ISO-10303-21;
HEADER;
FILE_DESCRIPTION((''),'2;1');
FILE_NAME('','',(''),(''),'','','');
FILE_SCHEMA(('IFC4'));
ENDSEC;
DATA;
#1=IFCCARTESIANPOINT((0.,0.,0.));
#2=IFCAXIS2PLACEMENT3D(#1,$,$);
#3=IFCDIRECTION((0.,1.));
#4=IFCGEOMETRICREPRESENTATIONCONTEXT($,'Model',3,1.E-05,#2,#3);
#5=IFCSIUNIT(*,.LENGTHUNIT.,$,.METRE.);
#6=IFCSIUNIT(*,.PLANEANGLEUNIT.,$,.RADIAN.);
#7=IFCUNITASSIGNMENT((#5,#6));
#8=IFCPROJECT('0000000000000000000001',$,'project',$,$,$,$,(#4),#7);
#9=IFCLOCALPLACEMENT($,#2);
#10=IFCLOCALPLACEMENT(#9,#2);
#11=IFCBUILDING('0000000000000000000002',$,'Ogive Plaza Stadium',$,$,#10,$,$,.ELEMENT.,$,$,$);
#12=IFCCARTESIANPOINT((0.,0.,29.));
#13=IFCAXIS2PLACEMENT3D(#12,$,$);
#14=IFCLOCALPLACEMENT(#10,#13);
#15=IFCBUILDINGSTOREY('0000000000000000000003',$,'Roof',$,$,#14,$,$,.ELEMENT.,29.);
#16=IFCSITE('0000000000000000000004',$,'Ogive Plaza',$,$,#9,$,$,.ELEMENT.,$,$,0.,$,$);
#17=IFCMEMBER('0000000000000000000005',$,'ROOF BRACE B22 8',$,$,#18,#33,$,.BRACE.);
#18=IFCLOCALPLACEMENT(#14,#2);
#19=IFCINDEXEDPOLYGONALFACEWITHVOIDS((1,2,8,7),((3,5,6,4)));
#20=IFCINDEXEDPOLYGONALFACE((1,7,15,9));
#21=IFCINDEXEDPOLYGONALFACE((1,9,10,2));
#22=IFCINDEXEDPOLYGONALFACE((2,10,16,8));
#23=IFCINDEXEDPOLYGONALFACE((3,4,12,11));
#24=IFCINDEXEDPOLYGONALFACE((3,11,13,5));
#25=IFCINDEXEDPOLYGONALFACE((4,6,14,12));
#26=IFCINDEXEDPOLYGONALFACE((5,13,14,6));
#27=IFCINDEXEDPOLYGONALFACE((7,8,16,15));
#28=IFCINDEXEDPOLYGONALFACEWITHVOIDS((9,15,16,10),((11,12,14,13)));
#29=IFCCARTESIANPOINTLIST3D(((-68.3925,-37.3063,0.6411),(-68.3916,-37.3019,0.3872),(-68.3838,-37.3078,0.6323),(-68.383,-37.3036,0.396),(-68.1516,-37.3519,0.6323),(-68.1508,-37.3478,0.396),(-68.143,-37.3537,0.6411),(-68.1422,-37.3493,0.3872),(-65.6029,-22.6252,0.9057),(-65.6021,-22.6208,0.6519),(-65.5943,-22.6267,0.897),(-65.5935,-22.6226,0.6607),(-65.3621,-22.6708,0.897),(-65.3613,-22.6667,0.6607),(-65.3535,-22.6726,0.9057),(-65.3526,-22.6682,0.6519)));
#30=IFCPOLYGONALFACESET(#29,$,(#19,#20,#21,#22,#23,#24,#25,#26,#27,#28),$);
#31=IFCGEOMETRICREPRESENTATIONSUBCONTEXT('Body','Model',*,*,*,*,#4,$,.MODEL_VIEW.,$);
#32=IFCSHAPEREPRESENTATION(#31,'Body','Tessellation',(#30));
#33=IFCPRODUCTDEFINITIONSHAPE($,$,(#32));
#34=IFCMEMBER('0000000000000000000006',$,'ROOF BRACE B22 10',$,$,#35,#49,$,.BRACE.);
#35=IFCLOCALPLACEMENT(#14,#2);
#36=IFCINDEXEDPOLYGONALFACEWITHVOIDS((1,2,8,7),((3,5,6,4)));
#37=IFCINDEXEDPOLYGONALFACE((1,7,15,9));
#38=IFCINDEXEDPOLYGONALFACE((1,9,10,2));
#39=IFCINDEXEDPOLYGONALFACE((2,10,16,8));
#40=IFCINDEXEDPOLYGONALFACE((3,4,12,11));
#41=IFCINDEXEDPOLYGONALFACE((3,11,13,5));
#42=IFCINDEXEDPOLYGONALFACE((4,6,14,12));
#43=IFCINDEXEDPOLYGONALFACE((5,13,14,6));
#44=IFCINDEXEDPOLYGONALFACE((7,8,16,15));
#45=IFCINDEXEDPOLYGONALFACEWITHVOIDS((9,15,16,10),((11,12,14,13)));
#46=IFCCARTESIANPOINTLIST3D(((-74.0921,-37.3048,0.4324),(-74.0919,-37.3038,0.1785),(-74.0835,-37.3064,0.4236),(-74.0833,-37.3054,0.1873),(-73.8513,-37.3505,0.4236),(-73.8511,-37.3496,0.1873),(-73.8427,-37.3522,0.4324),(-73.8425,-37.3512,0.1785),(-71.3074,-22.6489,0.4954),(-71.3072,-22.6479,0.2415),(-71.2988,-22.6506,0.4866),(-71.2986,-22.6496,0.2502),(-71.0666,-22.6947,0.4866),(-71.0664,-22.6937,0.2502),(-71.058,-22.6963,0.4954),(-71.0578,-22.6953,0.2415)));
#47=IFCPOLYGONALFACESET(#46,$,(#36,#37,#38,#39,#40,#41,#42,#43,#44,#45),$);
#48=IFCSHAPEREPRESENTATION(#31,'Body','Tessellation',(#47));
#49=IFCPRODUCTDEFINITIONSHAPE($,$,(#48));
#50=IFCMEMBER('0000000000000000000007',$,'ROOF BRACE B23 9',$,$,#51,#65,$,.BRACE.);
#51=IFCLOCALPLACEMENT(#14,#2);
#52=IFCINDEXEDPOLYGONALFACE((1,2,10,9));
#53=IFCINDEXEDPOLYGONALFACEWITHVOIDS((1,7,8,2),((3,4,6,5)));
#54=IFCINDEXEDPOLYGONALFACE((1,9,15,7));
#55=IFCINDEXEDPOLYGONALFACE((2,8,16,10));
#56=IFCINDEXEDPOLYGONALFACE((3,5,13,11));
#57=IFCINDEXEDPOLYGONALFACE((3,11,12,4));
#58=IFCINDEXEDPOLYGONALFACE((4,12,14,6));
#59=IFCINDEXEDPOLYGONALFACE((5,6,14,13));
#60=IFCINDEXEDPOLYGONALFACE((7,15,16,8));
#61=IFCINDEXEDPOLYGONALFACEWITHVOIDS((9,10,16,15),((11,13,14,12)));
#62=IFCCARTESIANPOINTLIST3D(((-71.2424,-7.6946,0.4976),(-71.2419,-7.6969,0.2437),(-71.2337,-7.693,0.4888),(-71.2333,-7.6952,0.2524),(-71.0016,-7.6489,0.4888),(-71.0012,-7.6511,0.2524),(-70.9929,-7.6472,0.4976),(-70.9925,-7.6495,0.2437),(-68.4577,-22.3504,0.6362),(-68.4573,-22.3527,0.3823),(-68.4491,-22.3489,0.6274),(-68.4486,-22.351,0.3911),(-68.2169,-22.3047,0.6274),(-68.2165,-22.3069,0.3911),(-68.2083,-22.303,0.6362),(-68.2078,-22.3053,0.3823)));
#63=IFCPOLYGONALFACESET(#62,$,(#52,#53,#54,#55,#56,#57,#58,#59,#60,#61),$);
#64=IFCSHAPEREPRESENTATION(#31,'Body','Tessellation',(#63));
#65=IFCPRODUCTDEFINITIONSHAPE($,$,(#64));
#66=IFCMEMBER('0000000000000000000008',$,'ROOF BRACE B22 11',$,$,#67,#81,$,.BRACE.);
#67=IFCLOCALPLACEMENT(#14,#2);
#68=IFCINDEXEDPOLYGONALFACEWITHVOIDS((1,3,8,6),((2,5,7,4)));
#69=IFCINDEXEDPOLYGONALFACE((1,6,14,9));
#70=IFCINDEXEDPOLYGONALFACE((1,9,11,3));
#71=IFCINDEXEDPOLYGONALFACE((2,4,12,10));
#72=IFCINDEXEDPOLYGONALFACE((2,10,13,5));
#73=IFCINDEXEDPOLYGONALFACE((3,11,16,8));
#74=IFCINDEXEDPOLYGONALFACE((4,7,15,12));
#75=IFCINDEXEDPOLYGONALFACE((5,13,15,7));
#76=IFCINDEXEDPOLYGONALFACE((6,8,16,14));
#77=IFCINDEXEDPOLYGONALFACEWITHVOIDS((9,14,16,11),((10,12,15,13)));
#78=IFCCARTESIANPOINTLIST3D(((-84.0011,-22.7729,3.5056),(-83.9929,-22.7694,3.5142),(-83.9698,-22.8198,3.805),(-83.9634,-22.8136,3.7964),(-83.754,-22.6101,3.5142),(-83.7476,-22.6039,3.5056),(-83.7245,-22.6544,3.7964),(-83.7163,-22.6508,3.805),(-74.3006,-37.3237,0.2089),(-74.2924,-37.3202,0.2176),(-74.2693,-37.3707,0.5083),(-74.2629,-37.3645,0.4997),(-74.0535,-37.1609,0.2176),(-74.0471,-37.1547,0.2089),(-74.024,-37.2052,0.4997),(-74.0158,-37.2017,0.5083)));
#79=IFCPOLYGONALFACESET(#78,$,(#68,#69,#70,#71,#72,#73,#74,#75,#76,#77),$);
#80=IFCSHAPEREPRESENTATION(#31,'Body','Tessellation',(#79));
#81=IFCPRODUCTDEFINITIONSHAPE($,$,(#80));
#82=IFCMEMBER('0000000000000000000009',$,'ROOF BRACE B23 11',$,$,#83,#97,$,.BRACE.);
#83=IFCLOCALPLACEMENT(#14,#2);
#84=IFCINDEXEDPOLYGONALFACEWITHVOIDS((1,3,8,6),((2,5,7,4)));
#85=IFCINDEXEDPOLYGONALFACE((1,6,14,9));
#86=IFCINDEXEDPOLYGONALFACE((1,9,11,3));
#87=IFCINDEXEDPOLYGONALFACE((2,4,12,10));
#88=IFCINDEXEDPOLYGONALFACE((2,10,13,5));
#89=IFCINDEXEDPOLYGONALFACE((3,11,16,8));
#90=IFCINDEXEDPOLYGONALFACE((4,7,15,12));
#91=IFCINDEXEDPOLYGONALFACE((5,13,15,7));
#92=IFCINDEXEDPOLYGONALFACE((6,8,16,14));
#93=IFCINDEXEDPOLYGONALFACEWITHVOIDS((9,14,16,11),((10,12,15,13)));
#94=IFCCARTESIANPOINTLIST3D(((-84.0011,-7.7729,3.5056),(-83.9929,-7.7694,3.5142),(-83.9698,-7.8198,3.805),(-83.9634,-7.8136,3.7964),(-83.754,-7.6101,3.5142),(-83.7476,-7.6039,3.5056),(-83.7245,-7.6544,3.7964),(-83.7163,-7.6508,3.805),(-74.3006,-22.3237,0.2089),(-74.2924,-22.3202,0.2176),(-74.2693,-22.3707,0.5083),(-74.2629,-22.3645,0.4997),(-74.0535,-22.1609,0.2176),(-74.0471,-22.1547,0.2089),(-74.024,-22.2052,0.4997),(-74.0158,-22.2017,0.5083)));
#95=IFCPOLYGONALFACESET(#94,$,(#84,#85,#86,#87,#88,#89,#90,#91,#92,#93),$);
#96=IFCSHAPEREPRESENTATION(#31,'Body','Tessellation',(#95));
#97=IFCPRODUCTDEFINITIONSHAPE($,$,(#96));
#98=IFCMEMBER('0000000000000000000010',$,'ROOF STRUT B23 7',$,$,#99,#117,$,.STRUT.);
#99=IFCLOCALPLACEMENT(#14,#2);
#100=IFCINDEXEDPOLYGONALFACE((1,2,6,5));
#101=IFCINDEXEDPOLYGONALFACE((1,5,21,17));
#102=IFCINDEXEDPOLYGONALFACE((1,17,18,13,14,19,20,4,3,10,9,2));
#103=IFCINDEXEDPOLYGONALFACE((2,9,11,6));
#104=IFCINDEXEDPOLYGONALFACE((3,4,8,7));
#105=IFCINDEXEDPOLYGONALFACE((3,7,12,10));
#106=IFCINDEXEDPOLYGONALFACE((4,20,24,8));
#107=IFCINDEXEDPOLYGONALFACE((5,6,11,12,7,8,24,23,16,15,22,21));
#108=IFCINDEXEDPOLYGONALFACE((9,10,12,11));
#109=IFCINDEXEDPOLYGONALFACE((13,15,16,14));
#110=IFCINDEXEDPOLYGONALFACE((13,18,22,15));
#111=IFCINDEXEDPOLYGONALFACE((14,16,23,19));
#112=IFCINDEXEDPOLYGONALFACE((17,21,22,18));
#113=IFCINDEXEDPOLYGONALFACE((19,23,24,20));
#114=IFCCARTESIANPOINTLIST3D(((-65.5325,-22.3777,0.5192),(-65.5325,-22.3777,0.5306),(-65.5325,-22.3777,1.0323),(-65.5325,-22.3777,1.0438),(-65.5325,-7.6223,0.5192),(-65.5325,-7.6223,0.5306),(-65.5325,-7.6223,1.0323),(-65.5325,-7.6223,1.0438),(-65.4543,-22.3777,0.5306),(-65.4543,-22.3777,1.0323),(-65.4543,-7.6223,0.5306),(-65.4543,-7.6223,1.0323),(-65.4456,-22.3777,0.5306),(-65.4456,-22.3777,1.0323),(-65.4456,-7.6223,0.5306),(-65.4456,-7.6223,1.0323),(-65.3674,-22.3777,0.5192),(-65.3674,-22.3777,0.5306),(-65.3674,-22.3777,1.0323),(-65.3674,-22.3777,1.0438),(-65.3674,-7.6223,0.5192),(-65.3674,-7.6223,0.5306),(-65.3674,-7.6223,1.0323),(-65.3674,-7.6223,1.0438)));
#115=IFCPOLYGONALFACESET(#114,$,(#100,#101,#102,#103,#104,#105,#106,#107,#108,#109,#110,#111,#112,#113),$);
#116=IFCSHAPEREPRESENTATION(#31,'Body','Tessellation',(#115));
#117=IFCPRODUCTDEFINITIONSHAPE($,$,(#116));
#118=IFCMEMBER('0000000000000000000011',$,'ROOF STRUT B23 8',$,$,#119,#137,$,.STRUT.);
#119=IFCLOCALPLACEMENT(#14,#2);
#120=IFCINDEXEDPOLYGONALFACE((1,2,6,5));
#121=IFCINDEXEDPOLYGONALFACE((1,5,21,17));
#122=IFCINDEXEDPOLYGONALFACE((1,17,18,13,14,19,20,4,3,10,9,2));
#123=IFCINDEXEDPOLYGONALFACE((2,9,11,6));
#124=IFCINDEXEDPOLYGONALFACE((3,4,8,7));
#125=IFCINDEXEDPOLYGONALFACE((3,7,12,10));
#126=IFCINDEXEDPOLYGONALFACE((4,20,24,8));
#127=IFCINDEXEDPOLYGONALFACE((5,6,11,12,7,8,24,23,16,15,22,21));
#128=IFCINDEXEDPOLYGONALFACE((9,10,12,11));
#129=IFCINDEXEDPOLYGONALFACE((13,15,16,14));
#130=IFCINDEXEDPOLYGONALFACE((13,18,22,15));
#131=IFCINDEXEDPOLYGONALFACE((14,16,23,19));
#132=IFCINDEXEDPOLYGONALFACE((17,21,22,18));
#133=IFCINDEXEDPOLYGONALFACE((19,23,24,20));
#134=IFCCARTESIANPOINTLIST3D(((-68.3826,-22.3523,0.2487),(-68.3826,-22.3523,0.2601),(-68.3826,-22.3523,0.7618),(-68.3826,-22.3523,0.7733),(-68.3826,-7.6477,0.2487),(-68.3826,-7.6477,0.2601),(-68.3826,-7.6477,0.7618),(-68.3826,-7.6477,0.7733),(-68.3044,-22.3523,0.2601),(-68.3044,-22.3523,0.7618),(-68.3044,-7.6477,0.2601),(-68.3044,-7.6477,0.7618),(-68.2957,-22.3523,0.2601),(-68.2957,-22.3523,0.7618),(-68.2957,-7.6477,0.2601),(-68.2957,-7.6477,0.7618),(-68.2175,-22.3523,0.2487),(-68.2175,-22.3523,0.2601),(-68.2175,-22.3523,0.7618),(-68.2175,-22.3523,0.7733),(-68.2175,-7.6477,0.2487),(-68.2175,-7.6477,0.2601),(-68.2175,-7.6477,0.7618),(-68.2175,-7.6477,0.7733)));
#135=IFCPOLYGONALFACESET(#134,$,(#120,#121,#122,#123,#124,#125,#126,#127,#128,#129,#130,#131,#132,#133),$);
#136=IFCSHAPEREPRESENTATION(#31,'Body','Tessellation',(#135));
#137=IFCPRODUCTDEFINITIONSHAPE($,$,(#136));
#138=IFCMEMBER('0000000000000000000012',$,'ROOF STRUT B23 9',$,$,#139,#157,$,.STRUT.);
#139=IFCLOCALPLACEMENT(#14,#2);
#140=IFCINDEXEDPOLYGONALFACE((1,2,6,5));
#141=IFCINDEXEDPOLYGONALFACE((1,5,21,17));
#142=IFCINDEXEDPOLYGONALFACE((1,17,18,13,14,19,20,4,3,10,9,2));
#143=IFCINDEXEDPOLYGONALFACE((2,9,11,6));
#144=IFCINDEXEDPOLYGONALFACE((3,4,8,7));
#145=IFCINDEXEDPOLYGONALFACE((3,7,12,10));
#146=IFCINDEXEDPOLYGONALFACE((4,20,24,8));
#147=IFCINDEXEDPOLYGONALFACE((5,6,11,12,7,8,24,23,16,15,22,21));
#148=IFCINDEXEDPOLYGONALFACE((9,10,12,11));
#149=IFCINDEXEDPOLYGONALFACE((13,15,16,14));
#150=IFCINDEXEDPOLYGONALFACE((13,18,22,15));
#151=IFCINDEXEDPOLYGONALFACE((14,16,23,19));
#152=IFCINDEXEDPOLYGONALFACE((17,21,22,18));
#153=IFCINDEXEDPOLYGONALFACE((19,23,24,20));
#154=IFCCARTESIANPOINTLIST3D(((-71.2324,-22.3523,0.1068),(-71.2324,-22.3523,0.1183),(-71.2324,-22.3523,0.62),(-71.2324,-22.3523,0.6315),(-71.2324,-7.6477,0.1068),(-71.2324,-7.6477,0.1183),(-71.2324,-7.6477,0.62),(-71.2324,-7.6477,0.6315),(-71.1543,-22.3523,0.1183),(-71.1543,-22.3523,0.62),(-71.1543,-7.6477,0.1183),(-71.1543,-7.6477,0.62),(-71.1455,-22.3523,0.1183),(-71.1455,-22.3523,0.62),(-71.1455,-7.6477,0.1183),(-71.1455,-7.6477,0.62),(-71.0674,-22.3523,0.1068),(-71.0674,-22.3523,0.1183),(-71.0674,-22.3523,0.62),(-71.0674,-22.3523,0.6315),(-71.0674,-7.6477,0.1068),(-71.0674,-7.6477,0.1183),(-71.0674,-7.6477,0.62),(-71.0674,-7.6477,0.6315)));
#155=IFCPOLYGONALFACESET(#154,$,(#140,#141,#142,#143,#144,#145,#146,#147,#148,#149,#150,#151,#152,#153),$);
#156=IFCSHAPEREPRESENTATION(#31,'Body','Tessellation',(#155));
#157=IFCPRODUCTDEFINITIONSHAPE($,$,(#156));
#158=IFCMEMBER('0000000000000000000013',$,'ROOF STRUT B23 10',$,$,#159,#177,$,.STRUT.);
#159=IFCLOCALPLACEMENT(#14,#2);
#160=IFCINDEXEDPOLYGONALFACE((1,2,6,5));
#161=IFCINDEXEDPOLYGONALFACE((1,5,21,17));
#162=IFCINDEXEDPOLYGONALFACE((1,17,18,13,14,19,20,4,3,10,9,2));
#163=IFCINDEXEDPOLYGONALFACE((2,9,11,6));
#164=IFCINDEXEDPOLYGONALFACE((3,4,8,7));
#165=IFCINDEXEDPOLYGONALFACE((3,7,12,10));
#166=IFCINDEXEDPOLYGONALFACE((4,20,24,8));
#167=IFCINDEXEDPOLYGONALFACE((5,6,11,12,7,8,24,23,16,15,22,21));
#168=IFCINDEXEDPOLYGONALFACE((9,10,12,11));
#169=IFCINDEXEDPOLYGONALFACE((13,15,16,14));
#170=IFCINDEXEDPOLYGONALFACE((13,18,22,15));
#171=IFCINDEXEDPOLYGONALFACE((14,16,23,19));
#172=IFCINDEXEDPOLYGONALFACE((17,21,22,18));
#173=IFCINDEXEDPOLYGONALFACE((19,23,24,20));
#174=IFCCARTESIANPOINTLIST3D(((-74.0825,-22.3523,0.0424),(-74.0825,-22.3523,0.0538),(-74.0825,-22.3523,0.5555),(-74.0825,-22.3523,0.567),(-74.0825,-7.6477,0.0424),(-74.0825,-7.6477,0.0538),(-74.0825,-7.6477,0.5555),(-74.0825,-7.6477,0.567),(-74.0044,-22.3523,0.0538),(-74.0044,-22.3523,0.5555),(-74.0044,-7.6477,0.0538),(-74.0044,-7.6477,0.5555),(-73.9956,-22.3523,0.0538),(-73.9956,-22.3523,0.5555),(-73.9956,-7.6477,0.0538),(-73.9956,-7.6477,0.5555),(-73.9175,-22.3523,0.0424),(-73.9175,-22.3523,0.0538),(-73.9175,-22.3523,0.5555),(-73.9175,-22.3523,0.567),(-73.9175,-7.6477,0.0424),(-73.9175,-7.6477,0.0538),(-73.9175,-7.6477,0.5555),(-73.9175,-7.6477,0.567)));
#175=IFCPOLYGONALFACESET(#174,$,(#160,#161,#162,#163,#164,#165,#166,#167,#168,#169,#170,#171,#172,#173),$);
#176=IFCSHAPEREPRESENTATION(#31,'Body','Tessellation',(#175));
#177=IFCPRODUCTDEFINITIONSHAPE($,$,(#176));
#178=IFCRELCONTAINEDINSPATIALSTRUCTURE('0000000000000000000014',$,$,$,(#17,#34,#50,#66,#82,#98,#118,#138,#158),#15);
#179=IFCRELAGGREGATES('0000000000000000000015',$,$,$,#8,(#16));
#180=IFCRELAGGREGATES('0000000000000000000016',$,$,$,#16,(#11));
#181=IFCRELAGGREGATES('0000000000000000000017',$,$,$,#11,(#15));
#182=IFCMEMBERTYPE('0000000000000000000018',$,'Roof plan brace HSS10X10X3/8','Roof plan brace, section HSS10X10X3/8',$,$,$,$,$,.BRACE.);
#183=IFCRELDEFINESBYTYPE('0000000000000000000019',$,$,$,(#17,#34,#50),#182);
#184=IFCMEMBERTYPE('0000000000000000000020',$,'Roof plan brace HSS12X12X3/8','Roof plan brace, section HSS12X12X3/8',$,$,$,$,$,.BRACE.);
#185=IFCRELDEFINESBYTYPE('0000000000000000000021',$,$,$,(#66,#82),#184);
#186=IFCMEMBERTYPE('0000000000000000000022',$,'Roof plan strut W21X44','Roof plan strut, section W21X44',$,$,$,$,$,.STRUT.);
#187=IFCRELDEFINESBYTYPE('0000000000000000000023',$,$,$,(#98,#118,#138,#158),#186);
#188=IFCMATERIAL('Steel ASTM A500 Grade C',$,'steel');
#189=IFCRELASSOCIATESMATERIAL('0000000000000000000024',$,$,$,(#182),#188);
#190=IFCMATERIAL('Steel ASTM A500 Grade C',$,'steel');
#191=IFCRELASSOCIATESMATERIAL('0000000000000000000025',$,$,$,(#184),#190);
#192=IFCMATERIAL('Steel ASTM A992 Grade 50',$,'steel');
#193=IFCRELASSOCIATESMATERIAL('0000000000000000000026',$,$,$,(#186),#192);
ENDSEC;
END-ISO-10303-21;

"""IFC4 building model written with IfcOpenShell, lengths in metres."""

from ifc_helpers import new_model, si_unit, direction, frame, origin, origin_2d, place, context, subcontext, project, spatial, hollow_rectangle, i_section, extrude, material, material_profile, profile_set, type_object, element, save


model = new_model("IFC4")

# Units and contexts
model_context = context("Model", 3, precision=1e-05, world=origin(), true_north=direction((0.0, 1.0)))
body_context = subcontext(model_context, "Body", "Model", "MODEL_VIEW")
ifc_project = project(units=[si_unit("LENGTHUNIT", "METRE"), si_unit("PLANEANGLEUNIT", "RADIAN")], contexts=[model_context])

# Site, building, storey
site_placement = place(None, origin())
site = spatial("IfcSite", under=ifc_project, at=site_placement, Name="Ogive Plaza", CompositionType="ELEMENT", RefElevation=0.0)
building_placement = place(site_placement, origin())
building = spatial("IfcBuilding", under=site, at=building_placement, Name="Ogive Plaza Stadium", CompositionType="ELEMENT")
storey_placement = place(building_placement, frame((0.0, 0.0, 29.0)))
storey = spatial("IfcBuildingStorey", under=building, at=storey_placement, Name="Roof", CompositionType="ELEMENT", Elevation=29.0)

# Members
ifc_material_1 = material(Name="Steel ASTM A500 Grade C", Category="steel")
ifc_material_profile_1 = material_profile(ifc_material_1, hollow_rectangle(XDim=0.2539, YDim=0.2539, WallThickness=0.0088, at=origin_2d()), Name="HSS10X10X3/8")
ifc_profile_set_1 = profile_set([ifc_material_profile_1], Name="Steel ASTM A500 Grade C")
member_type_1 = type_object("IfcMemberType", Name="Roof plan brace HSS10X10X3/8", Description="Roof plan brace, section HSS10X10X3/8", PredefinedType="BRACE", material=ifc_profile_set_1)
member_1_placement = place(storey_placement, frame((-65.4778, -22.6467, 0.7788), z_axis=(-0.18664, -0.982269, -0.017707), x_axis=(0.982423, -0.186669, 0.0)))
element("IfcMember", 1, at=member_1_placement, inside=storey, type_object=member_type_1, Name="ROOF BRACE B22 8", PredefinedType="BRACE", context=body_context, shape_type="SweptSolid", body=[
    extrude(hollow_rectangle(XDim=0.2539, YDim=0.2539, WallThickness=0.0088, at=origin_2d()), origin(), (0.0, 0.0, 1.0), 14.946),
])
member_2_placement = place(storey_placement, frame((-71.1826, -22.6721, 0.3684), z_axis=(-0.186664, -0.982415, -0.004222), x_axis=(0.982424, -0.186665, 0.0)))
element("IfcMember", 2, at=member_2_placement, inside=storey, type_object=member_type_1, Name="ROOF BRACE B22 10", PredefinedType="BRACE", context=body_context, shape_type="SweptSolid", body=[
    extrude(hollow_rectangle(XDim=0.2539, YDim=0.2539, WallThickness=0.0088, at=origin_2d()), origin(), (0.0, 0.0, 1.0), 14.9182),
])
member_3_placement = place(storey_placement, frame((-68.3328, -22.3279, 0.5093), z_axis=(-0.186657, 0.982381, -0.009295), x_axis=(-0.982424, -0.186665, 0.0)))
element("IfcMember", 3, at=member_3_placement, inside=storey, type_object=member_type_1, Name="ROOF BRACE B23 9", PredefinedType="BRACE", context=body_context, shape_type="SweptSolid", body=[
    extrude(hollow_rectangle(XDim=0.2539, YDim=0.2539, WallThickness=0.0088, at=origin_2d()), origin(), (0.0, 0.0, 1.0), 14.9187),
])
ifc_material_2 = material(Name="Steel ASTM A500 Grade C", Category="steel")
ifc_material_profile_2 = material_profile(ifc_material_2, hollow_rectangle(XDim=0.3047, YDim=0.3047, WallThickness=0.0088, at=origin_2d()), Name="HSS12X12X3/8")
ifc_profile_set_2 = profile_set([ifc_material_profile_2], Name="Steel ASTM A500 Grade C")
member_type_2 = type_object("IfcMemberType", Name="Roof plan brace HSS12X12X3/8", Description="Roof plan brace, section HSS12X12X3/8", PredefinedType="BRACE", material=ifc_profile_set_2)
for number, where, z_axis, x_axis, name in (
    (4, (-74.1582, -37.2627, 0.3586), (-0.545096, 0.817651, 0.185247), (-0.832052, -0.554697, 0.0), "ROOF BRACE B22 11"),
    (5, (-74.1582, -22.2627, 0.3586), (-0.545096, 0.817651, 0.185247), (-0.832052, -0.554697, 0.0), "ROOF BRACE B23 11"),
):
    element("IfcMember", number, at=place(storey_placement, frame(where, z_axis=z_axis, x_axis=x_axis)), inside=storey, type_object=member_type_2, Name=name, PredefinedType="BRACE", context=body_context, shape_type="SweptSolid", body=[
        extrude(hollow_rectangle(XDim=0.3047, YDim=0.3047, WallThickness=0.0088, at=origin_2d()), origin(), (0.0, 0.0, 1.0), 17.7959),
    ])
ifc_material_3 = material(Name="Steel ASTM A992 Grade 50", Category="steel")
ifc_material_profile_3 = material_profile(ifc_material_3, i_section(OverallWidth=0.165, OverallDepth=0.5247, WebThickness=0.0088, FlangeThickness=0.0115, at=origin_2d()), Name="W21X44")
ifc_profile_set_3 = profile_set([ifc_material_profile_3], Name="Steel ASTM A992 Grade 50")
member_type_3 = type_object("IfcMemberType", Name="Roof plan strut W21X44", Description="Roof plan strut, section W21X44", PredefinedType="STRUT", material=ifc_profile_set_3)
member_4_placement = place(storey_placement, frame((-65.45, -22.3777, 0.7815), z_axis=(0.0, 1.0, 0.0), x_axis=(-1.0, 0.0, 0.0)))
element("IfcMember", 6, at=member_4_placement, inside=storey, type_object=member_type_3, Name="ROOF STRUT B23 7", PredefinedType="STRUT", context=body_context, shape_type="SweptSolid", body=[
    extrude(i_section(OverallWidth=0.165, OverallDepth=0.5247, WebThickness=0.0088, FlangeThickness=0.0115, at=origin_2d()), origin(), (0.0, 0.0, 1.0), 14.7554),
])
for number, where, z_axis, x_axis, name in (
    (7, (-68.3, -22.3523, 0.511), (0.0, 1.0, 0.0), (-1.0, 0.0, 0.0), "ROOF STRUT B23 8"),
    (8, (-71.1499, -22.3523, 0.3691), (0.0, 1.0, 0.0), (-1.0, 0.0, 0.0), "ROOF STRUT B23 9"),
    (9, (-74.0, -22.3523, 0.3047), (0.0, 1.0, 0.0), (-1.0, 0.0, 0.0), "ROOF STRUT B23 10"),
):
    element("IfcMember", number, at=place(storey_placement, frame(where, z_axis=z_axis, x_axis=x_axis)), inside=storey, type_object=member_type_3, Name=name, PredefinedType="STRUT", context=body_context, shape_type="SweptSolid", body=[
        extrude(i_section(OverallWidth=0.165, OverallDepth=0.5247, WebThickness=0.0088, FlangeThickness=0.0115, at=origin_2d()), origin(), (0.0, 0.0, 1.0), 14.7046),
    ])

save(model, "model.ifc")
